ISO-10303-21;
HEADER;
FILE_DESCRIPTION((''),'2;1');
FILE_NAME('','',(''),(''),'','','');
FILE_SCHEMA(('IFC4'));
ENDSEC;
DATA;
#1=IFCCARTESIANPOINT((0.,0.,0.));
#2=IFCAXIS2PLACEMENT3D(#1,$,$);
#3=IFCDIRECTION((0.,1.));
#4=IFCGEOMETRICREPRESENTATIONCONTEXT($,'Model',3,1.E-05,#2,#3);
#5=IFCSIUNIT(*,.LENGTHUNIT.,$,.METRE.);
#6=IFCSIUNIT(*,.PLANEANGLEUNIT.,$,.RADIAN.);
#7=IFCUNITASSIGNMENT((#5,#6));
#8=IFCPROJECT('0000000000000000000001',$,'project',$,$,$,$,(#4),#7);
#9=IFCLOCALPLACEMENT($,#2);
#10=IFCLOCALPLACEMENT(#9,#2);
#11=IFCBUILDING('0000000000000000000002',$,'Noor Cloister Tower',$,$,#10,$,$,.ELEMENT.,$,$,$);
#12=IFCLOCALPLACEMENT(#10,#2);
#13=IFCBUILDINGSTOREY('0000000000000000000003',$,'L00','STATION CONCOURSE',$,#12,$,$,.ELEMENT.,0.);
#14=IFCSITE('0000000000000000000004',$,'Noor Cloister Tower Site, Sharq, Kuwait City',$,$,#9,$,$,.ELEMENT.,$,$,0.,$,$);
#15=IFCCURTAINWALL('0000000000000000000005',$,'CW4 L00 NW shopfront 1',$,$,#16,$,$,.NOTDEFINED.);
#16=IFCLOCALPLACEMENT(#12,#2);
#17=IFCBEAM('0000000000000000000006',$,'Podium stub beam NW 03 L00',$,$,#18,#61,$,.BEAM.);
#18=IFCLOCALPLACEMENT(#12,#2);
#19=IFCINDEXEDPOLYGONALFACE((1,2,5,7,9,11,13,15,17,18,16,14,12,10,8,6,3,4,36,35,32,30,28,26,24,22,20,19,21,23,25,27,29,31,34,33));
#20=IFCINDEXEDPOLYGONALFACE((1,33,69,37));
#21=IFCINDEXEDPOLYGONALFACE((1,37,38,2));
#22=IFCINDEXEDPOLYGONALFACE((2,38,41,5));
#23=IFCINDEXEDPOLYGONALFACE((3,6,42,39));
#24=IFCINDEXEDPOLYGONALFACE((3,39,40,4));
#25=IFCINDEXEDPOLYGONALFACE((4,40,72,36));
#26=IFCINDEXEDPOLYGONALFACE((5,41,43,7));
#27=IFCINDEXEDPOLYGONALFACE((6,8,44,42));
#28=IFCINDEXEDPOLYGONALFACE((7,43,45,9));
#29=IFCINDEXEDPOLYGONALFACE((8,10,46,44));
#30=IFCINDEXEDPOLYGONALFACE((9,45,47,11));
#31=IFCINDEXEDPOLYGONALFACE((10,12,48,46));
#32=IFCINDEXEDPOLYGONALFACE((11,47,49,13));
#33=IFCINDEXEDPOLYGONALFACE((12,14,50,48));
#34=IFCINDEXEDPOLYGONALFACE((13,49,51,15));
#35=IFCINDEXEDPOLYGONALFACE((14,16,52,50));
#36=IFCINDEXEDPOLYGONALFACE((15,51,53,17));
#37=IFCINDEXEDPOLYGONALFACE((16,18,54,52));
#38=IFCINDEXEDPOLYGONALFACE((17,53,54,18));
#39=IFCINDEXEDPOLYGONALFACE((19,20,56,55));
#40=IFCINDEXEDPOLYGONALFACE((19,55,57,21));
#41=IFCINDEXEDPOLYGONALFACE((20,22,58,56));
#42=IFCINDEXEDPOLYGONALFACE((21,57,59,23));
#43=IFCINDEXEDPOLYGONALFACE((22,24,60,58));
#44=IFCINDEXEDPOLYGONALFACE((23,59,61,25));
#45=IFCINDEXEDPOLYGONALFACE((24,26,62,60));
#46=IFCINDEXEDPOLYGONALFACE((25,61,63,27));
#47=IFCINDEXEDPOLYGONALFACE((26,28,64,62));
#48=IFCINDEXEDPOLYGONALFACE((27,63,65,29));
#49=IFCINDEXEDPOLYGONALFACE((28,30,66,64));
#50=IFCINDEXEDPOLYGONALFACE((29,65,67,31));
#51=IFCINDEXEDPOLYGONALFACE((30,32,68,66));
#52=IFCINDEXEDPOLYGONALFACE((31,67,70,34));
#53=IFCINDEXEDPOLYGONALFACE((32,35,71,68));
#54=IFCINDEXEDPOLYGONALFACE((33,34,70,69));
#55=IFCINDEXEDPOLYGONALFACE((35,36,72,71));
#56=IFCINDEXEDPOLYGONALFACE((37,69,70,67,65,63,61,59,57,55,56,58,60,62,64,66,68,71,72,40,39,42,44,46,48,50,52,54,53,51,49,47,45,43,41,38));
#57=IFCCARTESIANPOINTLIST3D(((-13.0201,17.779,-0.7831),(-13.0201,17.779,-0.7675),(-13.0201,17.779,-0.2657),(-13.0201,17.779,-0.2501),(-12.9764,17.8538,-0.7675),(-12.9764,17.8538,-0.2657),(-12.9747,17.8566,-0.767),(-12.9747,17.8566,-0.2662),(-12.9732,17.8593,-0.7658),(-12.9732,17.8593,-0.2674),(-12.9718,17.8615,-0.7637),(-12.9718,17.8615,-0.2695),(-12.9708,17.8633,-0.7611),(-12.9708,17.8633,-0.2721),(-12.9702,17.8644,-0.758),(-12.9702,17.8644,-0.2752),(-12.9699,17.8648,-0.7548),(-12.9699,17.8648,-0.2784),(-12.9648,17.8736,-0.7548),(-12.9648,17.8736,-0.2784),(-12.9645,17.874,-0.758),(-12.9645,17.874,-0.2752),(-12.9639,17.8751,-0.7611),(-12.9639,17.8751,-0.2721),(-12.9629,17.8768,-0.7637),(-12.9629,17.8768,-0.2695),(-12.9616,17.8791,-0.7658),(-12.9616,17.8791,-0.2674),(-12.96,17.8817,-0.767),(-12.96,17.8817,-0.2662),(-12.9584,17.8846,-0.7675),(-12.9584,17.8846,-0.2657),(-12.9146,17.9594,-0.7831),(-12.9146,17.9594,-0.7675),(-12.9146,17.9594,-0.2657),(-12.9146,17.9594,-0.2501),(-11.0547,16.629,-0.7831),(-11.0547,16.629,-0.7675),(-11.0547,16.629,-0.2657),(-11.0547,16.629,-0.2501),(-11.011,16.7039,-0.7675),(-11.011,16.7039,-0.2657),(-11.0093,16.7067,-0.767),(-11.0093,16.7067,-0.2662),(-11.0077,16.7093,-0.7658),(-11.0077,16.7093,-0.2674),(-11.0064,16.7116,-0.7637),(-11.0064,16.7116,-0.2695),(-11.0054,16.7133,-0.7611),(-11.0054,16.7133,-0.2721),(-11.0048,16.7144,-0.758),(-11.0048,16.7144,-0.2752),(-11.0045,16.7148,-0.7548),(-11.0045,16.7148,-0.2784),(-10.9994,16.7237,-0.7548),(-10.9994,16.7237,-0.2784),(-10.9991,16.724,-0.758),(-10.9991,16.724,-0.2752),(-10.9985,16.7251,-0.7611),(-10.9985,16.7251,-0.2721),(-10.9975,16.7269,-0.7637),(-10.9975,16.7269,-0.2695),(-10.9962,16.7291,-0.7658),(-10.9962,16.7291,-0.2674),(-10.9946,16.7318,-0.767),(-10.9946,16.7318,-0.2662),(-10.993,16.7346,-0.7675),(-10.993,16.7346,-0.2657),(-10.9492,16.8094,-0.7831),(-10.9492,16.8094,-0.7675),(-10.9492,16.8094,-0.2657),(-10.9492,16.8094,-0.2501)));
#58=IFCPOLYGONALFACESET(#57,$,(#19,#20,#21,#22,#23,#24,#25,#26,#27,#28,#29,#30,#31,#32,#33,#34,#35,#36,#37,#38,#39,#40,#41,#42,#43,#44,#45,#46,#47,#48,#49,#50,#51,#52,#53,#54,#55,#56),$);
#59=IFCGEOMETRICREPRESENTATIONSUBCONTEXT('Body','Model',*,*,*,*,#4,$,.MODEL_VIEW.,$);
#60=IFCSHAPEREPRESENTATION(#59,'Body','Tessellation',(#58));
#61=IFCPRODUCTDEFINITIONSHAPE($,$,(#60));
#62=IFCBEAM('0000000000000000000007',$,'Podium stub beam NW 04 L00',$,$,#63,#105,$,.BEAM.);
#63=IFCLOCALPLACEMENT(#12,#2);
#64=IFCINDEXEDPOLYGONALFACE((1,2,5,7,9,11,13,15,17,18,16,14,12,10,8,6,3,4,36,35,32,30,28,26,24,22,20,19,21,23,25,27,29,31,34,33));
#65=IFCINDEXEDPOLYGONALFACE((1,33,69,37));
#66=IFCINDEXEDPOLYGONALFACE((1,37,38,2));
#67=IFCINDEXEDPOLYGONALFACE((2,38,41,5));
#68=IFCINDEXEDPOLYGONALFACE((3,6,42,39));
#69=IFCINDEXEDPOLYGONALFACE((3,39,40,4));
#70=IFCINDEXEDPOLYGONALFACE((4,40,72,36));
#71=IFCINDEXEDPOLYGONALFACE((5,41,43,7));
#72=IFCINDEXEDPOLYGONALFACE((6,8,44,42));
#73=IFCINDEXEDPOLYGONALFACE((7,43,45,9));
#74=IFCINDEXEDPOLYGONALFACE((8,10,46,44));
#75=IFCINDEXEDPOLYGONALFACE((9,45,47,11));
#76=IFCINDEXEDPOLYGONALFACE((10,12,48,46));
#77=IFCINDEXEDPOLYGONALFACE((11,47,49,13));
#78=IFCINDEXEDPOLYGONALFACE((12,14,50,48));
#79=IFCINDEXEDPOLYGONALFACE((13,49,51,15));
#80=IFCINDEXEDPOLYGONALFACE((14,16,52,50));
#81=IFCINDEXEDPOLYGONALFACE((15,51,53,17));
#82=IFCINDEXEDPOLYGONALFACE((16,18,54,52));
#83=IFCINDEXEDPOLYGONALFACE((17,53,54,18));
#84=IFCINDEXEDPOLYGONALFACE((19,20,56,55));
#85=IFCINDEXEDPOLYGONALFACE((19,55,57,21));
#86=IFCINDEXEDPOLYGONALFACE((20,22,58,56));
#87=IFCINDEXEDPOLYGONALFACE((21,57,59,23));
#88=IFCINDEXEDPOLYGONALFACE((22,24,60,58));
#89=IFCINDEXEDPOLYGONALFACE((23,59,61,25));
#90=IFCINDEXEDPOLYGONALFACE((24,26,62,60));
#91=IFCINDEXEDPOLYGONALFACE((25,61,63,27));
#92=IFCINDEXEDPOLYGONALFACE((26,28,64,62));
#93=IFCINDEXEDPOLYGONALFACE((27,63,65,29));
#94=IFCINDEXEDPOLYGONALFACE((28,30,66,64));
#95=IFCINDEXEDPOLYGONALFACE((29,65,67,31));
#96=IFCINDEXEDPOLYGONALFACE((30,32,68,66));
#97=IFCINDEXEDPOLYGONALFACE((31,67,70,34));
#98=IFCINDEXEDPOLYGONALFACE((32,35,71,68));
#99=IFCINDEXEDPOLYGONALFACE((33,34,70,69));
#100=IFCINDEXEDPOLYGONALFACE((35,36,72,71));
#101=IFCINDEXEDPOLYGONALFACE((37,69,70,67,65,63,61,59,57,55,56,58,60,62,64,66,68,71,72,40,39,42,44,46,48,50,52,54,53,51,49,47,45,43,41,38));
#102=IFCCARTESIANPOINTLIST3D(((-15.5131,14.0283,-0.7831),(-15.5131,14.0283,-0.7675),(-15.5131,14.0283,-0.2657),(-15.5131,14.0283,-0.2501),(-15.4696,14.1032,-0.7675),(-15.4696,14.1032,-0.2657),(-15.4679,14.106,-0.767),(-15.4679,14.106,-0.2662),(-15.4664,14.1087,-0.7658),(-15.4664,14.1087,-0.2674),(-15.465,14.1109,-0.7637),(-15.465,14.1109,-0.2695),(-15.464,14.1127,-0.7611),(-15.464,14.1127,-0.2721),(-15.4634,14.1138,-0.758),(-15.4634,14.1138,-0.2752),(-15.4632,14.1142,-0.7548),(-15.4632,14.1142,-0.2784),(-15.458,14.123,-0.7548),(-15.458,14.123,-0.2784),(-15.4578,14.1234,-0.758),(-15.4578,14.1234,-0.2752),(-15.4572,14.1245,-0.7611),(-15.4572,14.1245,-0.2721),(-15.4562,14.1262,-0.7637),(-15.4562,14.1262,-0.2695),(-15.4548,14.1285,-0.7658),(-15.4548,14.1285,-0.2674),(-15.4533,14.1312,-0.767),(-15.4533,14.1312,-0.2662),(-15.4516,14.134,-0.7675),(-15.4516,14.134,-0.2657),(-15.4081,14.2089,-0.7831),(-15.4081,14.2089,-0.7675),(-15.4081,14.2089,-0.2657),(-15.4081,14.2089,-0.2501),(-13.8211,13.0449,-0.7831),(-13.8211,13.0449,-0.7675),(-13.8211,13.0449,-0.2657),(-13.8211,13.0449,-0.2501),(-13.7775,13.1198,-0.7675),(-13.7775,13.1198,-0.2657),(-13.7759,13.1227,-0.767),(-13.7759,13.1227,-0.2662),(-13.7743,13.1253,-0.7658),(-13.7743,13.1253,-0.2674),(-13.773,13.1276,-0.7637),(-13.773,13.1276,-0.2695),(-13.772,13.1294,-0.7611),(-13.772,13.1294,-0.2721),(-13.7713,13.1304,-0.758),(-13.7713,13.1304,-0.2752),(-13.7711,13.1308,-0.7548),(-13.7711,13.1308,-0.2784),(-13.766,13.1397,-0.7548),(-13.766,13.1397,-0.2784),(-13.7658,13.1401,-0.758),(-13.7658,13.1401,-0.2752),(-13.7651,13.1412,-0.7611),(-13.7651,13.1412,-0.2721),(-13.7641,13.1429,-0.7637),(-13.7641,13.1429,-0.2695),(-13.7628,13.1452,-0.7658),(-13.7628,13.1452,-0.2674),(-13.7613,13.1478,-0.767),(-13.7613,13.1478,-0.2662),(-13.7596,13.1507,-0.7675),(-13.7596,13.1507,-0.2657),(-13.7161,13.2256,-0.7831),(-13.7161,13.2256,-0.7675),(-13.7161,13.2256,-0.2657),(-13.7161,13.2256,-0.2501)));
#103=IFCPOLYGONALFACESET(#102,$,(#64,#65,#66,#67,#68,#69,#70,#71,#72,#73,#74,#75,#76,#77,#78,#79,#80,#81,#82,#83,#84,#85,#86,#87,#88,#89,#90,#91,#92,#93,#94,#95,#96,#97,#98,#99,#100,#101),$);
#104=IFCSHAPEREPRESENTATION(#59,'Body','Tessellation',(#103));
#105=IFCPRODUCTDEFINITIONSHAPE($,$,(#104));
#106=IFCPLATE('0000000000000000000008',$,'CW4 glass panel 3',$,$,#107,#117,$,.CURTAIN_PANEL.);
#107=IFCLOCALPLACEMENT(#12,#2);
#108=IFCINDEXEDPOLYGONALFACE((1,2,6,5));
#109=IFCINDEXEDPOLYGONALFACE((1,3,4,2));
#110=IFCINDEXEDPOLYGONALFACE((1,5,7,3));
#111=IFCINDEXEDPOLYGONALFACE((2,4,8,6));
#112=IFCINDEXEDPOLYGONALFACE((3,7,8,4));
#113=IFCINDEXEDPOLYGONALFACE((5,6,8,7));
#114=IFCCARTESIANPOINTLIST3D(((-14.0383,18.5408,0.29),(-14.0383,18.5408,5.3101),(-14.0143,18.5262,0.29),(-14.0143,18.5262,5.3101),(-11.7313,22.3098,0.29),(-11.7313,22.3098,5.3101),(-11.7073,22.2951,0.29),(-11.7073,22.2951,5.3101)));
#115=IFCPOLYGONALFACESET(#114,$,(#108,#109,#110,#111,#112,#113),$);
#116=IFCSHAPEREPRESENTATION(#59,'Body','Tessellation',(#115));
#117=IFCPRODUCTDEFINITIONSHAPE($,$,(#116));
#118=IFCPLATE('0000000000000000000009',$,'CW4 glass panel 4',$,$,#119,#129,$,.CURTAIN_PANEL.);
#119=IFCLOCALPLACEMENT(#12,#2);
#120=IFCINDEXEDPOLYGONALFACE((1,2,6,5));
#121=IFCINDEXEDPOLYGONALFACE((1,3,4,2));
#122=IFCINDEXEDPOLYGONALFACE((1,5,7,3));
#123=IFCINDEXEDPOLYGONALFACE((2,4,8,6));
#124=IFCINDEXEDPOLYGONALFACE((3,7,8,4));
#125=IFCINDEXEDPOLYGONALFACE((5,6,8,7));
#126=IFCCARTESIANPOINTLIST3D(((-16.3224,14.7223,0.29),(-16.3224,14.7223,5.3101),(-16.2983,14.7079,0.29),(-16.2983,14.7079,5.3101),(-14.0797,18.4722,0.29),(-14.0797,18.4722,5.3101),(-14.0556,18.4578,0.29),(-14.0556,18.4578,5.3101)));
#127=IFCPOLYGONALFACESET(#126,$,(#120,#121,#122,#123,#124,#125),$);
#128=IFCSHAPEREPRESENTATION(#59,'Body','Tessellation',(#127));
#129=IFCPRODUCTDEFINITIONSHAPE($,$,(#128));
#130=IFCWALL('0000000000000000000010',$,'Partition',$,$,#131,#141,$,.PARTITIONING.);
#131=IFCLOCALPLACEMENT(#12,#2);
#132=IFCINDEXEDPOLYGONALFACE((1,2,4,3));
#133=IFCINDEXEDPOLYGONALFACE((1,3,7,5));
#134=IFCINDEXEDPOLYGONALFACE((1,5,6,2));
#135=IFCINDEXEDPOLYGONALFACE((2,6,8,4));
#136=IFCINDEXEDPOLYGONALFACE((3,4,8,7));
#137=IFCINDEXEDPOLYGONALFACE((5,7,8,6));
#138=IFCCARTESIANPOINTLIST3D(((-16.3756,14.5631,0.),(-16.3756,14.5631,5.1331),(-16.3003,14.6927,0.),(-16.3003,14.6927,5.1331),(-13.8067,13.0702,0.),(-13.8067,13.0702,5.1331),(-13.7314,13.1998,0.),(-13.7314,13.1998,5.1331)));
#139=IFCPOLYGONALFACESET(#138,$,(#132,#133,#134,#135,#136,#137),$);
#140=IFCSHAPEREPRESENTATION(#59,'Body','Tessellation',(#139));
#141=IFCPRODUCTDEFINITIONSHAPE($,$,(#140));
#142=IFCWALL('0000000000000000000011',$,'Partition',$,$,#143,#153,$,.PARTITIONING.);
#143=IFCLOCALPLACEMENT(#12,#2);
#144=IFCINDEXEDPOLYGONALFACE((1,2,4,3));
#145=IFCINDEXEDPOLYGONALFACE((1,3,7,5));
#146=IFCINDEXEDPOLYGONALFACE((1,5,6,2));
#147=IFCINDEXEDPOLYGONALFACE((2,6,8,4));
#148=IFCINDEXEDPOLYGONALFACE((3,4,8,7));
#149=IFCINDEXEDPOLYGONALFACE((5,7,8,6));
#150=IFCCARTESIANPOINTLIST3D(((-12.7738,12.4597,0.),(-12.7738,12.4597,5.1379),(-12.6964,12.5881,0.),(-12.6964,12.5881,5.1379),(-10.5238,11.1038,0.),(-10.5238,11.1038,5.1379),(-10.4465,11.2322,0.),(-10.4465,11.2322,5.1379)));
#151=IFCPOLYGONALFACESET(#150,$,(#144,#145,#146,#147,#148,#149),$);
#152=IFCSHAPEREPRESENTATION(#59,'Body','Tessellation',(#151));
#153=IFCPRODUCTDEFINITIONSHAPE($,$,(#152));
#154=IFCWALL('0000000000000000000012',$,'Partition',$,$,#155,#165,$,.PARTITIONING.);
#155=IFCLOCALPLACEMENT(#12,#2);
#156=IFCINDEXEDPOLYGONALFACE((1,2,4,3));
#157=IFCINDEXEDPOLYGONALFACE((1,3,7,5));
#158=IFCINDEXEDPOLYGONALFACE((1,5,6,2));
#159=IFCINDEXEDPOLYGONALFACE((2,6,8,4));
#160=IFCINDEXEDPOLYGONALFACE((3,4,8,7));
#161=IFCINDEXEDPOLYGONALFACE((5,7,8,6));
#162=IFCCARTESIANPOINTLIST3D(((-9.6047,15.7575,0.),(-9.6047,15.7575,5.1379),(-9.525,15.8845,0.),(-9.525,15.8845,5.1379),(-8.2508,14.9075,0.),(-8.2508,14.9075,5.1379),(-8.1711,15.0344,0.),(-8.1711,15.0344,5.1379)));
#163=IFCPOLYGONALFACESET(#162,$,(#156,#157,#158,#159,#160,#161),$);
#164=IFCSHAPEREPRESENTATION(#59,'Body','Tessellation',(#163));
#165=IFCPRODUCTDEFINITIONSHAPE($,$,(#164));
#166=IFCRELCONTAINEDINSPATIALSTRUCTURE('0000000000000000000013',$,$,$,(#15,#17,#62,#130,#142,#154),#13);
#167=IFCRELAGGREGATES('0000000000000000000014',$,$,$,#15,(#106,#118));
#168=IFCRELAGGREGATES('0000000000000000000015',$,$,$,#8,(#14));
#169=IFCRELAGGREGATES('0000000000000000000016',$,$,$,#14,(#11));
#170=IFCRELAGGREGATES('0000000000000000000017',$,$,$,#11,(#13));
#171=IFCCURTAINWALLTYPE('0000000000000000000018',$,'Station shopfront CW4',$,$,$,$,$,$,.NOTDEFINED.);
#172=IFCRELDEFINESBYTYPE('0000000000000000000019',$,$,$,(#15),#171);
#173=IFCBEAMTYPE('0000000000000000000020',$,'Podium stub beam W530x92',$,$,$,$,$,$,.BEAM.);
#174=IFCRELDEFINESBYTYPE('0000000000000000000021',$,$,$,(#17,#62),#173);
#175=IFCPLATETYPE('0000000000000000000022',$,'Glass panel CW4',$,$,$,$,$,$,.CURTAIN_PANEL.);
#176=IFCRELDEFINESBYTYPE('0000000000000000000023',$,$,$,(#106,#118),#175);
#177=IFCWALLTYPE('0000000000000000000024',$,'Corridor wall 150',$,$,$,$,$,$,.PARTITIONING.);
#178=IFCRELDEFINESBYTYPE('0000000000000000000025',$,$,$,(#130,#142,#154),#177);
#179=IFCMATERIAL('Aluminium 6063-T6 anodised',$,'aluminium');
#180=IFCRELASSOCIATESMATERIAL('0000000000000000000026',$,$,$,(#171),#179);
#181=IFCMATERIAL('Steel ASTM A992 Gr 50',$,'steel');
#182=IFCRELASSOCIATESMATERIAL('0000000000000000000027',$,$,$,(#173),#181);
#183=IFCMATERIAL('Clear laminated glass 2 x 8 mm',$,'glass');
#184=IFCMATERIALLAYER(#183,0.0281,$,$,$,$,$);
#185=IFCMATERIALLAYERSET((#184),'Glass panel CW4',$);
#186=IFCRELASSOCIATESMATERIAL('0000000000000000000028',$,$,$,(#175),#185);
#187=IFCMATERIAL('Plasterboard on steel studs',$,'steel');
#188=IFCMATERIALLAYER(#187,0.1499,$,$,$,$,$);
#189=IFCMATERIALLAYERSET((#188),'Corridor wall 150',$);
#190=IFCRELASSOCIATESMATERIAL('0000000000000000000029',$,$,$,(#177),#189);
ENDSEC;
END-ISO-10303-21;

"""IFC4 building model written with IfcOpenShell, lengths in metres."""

from ifc_helpers import new_model, si_unit, direction, frame, frame_2d, origin, origin_2d, place, context, subcontext, project, spatial, rectangle, i_section, extrude, material, layer, layer_set, material_profile, profile_set, type_object, element, aggregate, save


model = new_model("IFC4")

# Units and contexts
model_context = context("Model", 3, precision=1e-05, world=origin(), true_north=direction((0.0, 1.0)))
body_context = subcontext(model_context, "Body", "Model", "MODEL_VIEW")
ifc_project = project(units=[si_unit("LENGTHUNIT", "METRE"), si_unit("PLANEANGLEUNIT", "RADIAN")], contexts=[model_context])

# Site, building, storey
site_placement = place(None, origin())
site = spatial("IfcSite", under=ifc_project, at=site_placement, Name="Noor Cloister Tower Site, Sharq, Kuwait City", CompositionType="ELEMENT", RefElevation=0.0)
building_placement = place(site_placement, origin())
building = spatial("IfcBuilding", under=site, at=building_placement, Name="Noor Cloister Tower", CompositionType="ELEMENT")
storey_placement = place(building_placement, origin())
storey = spatial("IfcBuildingStorey", under=building, at=storey_placement, Name="L00", Description="STATION CONCOURSE", CompositionType="ELEMENT", Elevation=0.0)

# Curtain wall
ifc_material_1 = material(Name="Aluminium 6063-T6 anodised", Category="aluminium")
curtain_wall_type = type_object("IfcCurtainWallType", Name="Station shopfront CW4", PredefinedType="NOTDEFINED", material=ifc_material_1)
curtain_wall_placement = place(storey_placement, origin())
curtain_wall = element("IfcCurtainWall", 1, at=curtain_wall_placement, inside=storey, type_object=curtain_wall_type, Name="CW4 L00 NW shopfront 1", PredefinedType="NOTDEFINED")

# Beams
ifc_material_2 = material(Name="Steel ASTM A992 Gr 50", Category="steel")
ifc_material_profile_1 = material_profile(ifc_material_2, i_section(OverallWidth=0.209, OverallDepth=0.533, WebThickness=0.0103, FlangeThickness=0.0156, FilletRadius=0.0127, at=origin_2d()), Name="W530x92")
ifc_profile_set_1 = profile_set([ifc_material_profile_1], Name="Steel ASTM A992 Gr 50")
beam_type_1 = type_object("IfcBeamType", Name="Podium stub beam W530x92", PredefinedType="BEAM", material=ifc_profile_set_1)
beam_1_placement = place(storey_placement, frame((-11.002, 16.7192, -0.5166), z_axis=(-0.863117, 0.505004, 0.0), x_axis=(-0.505004, -0.863117, 0.0)))
element("IfcBeam", 2, at=beam_1_placement, inside=storey, type_object=beam_type_1, Name="Podium stub beam NW 03 L00", PredefinedType="BEAM", context=body_context, shape_type="SweptSolid", body=[
    extrude(i_section(OverallWidth=0.209, OverallDepth=0.533, WebThickness=0.0103, FlangeThickness=0.0156, FilletRadius=0.0127, at=origin_2d()), origin(), (0.0, 0.0, 1.0), 2.2771),
])
beam_2_placement = place(storey_placement, frame((-13.7686, 13.1353, -0.5166), z_axis=(-0.864597, 0.502467, 0.0), x_axis=(-0.502467, -0.864597, 0.0)))
element("IfcBeam", 3, at=beam_2_placement, inside=storey, type_object=beam_type_1, Name="Podium stub beam NW 04 L00", PredefinedType="BEAM", context=body_context, shape_type="SweptSolid", body=[
    extrude(i_section(OverallWidth=0.209, OverallDepth=0.533, WebThickness=0.0103, FlangeThickness=0.0156, FilletRadius=0.0127, at=origin_2d()), origin(), (0.0, 0.0, 1.0), 1.957),
])

# Plates
ifc_material_3 = material(Name="Clear laminated glass 2 x 8 mm", Category="glass")
ifc_layer_1 = layer(ifc_material_3, 0.0281)
ifc_layer_set_1 = layer_set([ifc_layer_1], Name="Glass panel CW4")
plate_type = type_object("IfcPlateType", Name="Glass panel CW4", PredefinedType="CURTAIN_PANEL", material=ifc_layer_set_1)
plate_1_placement = place(storey_placement, frame((-12.8728, 20.418, 0.29), z_axis=(0.0, 0.0, 1.0), x_axis=(-0.522066, -0.852905, 0.0)))
plate_1 = element("IfcPlate", 4, at=plate_1_placement, type_object=plate_type, Name="CW4 glass panel 3", PredefinedType="CURTAIN_PANEL", context=body_context, shape_type="SweptSolid", body=[
    extrude(rectangle(XDim=4.4189, YDim=0.0281, at=origin_2d()), origin(), (0.0, 0.0, 1.0), 5.02),
])
plate_2_placement = place(storey_placement, frame((-15.189, 16.5901, 0.29), z_axis=(0.0, 0.0, 1.0), x_axis=(-0.51328, -0.858221, 0.0)))
plate_2 = element("IfcPlate", 5, at=plate_2_placement, type_object=plate_type, Name="CW4 glass panel 4", PredefinedType="CURTAIN_PANEL", context=body_context, shape_type="SweptSolid", body=[
    extrude(rectangle(XDim=4.3694, YDim=0.0281, at=origin_2d()), origin(), (0.0, 0.0, 1.0), 5.02),
])
aggregate(curtain_wall, [plate_1, plate_2])

# Walls
ifc_material_4 = material(Name="Plasterboard on steel studs", Category="steel")
ifc_layer_2 = layer(ifc_material_4, 0.1499)
ifc_layer_set_2 = layer_set([ifc_layer_2], Name="Corridor wall 150")
wall_type_1 = type_object("IfcWallType", Name="Corridor wall 150", PredefinedType="PARTITIONING", material=ifc_layer_set_2)
wall_1_placement = place(storey_placement, frame((-13.769, 13.135, 0.0), z_axis=(0.0, 0.0, 1.0), x_axis=(-0.864594, 0.50247, 0.0)))
element("IfcWall", 6, at=wall_1_placement, inside=storey, type_object=wall_type_1, Name="Partition", PredefinedType="PARTITIONING", context=body_context, shape_type="SweptSolid", body=[
    extrude(rectangle(XDim=2.9712, YDim=0.1499, at=frame_2d((1.4856, 0.0))), origin(), (0.0, 0.0, 1.0), 5.1331),
])
wall_2_placement = place(storey_placement, frame((-12.7351, 12.5239, 0.0), z_axis=(0.0, 0.0, 1.0), x_axis=(0.856491, -0.516162, 0.0)))
element("IfcWall", 7, at=wall_2_placement, inside=storey, type_object=wall_type_1, Name="Partition", PredefinedType="PARTITIONING", context=body_context, shape_type="SweptSolid", body=[
    extrude(rectangle(XDim=2.627, YDim=0.1499, at=frame_2d((1.3135, 0.0))), origin(), (0.0, 0.0, 1.0), 5.1379),
])
wall_3_placement = place(storey_placement, frame((-8.2109, 14.9709, 0.0), z_axis=(0.0, 0.0, 1.0), x_axis=(-0.846916, 0.531727, 0.0)))
element("IfcWall", 8, at=wall_3_placement, inside=storey, type_object=wall_type_1, Name="Partition", PredefinedType="PARTITIONING", context=body_context, shape_type="SweptSolid", body=[
    extrude(rectangle(XDim=1.5986, YDim=0.1499, at=frame_2d((0.7993, 0.0))), origin(), (0.0, 0.0, 1.0), 5.1379),
])

save(model, "model.ifc")
